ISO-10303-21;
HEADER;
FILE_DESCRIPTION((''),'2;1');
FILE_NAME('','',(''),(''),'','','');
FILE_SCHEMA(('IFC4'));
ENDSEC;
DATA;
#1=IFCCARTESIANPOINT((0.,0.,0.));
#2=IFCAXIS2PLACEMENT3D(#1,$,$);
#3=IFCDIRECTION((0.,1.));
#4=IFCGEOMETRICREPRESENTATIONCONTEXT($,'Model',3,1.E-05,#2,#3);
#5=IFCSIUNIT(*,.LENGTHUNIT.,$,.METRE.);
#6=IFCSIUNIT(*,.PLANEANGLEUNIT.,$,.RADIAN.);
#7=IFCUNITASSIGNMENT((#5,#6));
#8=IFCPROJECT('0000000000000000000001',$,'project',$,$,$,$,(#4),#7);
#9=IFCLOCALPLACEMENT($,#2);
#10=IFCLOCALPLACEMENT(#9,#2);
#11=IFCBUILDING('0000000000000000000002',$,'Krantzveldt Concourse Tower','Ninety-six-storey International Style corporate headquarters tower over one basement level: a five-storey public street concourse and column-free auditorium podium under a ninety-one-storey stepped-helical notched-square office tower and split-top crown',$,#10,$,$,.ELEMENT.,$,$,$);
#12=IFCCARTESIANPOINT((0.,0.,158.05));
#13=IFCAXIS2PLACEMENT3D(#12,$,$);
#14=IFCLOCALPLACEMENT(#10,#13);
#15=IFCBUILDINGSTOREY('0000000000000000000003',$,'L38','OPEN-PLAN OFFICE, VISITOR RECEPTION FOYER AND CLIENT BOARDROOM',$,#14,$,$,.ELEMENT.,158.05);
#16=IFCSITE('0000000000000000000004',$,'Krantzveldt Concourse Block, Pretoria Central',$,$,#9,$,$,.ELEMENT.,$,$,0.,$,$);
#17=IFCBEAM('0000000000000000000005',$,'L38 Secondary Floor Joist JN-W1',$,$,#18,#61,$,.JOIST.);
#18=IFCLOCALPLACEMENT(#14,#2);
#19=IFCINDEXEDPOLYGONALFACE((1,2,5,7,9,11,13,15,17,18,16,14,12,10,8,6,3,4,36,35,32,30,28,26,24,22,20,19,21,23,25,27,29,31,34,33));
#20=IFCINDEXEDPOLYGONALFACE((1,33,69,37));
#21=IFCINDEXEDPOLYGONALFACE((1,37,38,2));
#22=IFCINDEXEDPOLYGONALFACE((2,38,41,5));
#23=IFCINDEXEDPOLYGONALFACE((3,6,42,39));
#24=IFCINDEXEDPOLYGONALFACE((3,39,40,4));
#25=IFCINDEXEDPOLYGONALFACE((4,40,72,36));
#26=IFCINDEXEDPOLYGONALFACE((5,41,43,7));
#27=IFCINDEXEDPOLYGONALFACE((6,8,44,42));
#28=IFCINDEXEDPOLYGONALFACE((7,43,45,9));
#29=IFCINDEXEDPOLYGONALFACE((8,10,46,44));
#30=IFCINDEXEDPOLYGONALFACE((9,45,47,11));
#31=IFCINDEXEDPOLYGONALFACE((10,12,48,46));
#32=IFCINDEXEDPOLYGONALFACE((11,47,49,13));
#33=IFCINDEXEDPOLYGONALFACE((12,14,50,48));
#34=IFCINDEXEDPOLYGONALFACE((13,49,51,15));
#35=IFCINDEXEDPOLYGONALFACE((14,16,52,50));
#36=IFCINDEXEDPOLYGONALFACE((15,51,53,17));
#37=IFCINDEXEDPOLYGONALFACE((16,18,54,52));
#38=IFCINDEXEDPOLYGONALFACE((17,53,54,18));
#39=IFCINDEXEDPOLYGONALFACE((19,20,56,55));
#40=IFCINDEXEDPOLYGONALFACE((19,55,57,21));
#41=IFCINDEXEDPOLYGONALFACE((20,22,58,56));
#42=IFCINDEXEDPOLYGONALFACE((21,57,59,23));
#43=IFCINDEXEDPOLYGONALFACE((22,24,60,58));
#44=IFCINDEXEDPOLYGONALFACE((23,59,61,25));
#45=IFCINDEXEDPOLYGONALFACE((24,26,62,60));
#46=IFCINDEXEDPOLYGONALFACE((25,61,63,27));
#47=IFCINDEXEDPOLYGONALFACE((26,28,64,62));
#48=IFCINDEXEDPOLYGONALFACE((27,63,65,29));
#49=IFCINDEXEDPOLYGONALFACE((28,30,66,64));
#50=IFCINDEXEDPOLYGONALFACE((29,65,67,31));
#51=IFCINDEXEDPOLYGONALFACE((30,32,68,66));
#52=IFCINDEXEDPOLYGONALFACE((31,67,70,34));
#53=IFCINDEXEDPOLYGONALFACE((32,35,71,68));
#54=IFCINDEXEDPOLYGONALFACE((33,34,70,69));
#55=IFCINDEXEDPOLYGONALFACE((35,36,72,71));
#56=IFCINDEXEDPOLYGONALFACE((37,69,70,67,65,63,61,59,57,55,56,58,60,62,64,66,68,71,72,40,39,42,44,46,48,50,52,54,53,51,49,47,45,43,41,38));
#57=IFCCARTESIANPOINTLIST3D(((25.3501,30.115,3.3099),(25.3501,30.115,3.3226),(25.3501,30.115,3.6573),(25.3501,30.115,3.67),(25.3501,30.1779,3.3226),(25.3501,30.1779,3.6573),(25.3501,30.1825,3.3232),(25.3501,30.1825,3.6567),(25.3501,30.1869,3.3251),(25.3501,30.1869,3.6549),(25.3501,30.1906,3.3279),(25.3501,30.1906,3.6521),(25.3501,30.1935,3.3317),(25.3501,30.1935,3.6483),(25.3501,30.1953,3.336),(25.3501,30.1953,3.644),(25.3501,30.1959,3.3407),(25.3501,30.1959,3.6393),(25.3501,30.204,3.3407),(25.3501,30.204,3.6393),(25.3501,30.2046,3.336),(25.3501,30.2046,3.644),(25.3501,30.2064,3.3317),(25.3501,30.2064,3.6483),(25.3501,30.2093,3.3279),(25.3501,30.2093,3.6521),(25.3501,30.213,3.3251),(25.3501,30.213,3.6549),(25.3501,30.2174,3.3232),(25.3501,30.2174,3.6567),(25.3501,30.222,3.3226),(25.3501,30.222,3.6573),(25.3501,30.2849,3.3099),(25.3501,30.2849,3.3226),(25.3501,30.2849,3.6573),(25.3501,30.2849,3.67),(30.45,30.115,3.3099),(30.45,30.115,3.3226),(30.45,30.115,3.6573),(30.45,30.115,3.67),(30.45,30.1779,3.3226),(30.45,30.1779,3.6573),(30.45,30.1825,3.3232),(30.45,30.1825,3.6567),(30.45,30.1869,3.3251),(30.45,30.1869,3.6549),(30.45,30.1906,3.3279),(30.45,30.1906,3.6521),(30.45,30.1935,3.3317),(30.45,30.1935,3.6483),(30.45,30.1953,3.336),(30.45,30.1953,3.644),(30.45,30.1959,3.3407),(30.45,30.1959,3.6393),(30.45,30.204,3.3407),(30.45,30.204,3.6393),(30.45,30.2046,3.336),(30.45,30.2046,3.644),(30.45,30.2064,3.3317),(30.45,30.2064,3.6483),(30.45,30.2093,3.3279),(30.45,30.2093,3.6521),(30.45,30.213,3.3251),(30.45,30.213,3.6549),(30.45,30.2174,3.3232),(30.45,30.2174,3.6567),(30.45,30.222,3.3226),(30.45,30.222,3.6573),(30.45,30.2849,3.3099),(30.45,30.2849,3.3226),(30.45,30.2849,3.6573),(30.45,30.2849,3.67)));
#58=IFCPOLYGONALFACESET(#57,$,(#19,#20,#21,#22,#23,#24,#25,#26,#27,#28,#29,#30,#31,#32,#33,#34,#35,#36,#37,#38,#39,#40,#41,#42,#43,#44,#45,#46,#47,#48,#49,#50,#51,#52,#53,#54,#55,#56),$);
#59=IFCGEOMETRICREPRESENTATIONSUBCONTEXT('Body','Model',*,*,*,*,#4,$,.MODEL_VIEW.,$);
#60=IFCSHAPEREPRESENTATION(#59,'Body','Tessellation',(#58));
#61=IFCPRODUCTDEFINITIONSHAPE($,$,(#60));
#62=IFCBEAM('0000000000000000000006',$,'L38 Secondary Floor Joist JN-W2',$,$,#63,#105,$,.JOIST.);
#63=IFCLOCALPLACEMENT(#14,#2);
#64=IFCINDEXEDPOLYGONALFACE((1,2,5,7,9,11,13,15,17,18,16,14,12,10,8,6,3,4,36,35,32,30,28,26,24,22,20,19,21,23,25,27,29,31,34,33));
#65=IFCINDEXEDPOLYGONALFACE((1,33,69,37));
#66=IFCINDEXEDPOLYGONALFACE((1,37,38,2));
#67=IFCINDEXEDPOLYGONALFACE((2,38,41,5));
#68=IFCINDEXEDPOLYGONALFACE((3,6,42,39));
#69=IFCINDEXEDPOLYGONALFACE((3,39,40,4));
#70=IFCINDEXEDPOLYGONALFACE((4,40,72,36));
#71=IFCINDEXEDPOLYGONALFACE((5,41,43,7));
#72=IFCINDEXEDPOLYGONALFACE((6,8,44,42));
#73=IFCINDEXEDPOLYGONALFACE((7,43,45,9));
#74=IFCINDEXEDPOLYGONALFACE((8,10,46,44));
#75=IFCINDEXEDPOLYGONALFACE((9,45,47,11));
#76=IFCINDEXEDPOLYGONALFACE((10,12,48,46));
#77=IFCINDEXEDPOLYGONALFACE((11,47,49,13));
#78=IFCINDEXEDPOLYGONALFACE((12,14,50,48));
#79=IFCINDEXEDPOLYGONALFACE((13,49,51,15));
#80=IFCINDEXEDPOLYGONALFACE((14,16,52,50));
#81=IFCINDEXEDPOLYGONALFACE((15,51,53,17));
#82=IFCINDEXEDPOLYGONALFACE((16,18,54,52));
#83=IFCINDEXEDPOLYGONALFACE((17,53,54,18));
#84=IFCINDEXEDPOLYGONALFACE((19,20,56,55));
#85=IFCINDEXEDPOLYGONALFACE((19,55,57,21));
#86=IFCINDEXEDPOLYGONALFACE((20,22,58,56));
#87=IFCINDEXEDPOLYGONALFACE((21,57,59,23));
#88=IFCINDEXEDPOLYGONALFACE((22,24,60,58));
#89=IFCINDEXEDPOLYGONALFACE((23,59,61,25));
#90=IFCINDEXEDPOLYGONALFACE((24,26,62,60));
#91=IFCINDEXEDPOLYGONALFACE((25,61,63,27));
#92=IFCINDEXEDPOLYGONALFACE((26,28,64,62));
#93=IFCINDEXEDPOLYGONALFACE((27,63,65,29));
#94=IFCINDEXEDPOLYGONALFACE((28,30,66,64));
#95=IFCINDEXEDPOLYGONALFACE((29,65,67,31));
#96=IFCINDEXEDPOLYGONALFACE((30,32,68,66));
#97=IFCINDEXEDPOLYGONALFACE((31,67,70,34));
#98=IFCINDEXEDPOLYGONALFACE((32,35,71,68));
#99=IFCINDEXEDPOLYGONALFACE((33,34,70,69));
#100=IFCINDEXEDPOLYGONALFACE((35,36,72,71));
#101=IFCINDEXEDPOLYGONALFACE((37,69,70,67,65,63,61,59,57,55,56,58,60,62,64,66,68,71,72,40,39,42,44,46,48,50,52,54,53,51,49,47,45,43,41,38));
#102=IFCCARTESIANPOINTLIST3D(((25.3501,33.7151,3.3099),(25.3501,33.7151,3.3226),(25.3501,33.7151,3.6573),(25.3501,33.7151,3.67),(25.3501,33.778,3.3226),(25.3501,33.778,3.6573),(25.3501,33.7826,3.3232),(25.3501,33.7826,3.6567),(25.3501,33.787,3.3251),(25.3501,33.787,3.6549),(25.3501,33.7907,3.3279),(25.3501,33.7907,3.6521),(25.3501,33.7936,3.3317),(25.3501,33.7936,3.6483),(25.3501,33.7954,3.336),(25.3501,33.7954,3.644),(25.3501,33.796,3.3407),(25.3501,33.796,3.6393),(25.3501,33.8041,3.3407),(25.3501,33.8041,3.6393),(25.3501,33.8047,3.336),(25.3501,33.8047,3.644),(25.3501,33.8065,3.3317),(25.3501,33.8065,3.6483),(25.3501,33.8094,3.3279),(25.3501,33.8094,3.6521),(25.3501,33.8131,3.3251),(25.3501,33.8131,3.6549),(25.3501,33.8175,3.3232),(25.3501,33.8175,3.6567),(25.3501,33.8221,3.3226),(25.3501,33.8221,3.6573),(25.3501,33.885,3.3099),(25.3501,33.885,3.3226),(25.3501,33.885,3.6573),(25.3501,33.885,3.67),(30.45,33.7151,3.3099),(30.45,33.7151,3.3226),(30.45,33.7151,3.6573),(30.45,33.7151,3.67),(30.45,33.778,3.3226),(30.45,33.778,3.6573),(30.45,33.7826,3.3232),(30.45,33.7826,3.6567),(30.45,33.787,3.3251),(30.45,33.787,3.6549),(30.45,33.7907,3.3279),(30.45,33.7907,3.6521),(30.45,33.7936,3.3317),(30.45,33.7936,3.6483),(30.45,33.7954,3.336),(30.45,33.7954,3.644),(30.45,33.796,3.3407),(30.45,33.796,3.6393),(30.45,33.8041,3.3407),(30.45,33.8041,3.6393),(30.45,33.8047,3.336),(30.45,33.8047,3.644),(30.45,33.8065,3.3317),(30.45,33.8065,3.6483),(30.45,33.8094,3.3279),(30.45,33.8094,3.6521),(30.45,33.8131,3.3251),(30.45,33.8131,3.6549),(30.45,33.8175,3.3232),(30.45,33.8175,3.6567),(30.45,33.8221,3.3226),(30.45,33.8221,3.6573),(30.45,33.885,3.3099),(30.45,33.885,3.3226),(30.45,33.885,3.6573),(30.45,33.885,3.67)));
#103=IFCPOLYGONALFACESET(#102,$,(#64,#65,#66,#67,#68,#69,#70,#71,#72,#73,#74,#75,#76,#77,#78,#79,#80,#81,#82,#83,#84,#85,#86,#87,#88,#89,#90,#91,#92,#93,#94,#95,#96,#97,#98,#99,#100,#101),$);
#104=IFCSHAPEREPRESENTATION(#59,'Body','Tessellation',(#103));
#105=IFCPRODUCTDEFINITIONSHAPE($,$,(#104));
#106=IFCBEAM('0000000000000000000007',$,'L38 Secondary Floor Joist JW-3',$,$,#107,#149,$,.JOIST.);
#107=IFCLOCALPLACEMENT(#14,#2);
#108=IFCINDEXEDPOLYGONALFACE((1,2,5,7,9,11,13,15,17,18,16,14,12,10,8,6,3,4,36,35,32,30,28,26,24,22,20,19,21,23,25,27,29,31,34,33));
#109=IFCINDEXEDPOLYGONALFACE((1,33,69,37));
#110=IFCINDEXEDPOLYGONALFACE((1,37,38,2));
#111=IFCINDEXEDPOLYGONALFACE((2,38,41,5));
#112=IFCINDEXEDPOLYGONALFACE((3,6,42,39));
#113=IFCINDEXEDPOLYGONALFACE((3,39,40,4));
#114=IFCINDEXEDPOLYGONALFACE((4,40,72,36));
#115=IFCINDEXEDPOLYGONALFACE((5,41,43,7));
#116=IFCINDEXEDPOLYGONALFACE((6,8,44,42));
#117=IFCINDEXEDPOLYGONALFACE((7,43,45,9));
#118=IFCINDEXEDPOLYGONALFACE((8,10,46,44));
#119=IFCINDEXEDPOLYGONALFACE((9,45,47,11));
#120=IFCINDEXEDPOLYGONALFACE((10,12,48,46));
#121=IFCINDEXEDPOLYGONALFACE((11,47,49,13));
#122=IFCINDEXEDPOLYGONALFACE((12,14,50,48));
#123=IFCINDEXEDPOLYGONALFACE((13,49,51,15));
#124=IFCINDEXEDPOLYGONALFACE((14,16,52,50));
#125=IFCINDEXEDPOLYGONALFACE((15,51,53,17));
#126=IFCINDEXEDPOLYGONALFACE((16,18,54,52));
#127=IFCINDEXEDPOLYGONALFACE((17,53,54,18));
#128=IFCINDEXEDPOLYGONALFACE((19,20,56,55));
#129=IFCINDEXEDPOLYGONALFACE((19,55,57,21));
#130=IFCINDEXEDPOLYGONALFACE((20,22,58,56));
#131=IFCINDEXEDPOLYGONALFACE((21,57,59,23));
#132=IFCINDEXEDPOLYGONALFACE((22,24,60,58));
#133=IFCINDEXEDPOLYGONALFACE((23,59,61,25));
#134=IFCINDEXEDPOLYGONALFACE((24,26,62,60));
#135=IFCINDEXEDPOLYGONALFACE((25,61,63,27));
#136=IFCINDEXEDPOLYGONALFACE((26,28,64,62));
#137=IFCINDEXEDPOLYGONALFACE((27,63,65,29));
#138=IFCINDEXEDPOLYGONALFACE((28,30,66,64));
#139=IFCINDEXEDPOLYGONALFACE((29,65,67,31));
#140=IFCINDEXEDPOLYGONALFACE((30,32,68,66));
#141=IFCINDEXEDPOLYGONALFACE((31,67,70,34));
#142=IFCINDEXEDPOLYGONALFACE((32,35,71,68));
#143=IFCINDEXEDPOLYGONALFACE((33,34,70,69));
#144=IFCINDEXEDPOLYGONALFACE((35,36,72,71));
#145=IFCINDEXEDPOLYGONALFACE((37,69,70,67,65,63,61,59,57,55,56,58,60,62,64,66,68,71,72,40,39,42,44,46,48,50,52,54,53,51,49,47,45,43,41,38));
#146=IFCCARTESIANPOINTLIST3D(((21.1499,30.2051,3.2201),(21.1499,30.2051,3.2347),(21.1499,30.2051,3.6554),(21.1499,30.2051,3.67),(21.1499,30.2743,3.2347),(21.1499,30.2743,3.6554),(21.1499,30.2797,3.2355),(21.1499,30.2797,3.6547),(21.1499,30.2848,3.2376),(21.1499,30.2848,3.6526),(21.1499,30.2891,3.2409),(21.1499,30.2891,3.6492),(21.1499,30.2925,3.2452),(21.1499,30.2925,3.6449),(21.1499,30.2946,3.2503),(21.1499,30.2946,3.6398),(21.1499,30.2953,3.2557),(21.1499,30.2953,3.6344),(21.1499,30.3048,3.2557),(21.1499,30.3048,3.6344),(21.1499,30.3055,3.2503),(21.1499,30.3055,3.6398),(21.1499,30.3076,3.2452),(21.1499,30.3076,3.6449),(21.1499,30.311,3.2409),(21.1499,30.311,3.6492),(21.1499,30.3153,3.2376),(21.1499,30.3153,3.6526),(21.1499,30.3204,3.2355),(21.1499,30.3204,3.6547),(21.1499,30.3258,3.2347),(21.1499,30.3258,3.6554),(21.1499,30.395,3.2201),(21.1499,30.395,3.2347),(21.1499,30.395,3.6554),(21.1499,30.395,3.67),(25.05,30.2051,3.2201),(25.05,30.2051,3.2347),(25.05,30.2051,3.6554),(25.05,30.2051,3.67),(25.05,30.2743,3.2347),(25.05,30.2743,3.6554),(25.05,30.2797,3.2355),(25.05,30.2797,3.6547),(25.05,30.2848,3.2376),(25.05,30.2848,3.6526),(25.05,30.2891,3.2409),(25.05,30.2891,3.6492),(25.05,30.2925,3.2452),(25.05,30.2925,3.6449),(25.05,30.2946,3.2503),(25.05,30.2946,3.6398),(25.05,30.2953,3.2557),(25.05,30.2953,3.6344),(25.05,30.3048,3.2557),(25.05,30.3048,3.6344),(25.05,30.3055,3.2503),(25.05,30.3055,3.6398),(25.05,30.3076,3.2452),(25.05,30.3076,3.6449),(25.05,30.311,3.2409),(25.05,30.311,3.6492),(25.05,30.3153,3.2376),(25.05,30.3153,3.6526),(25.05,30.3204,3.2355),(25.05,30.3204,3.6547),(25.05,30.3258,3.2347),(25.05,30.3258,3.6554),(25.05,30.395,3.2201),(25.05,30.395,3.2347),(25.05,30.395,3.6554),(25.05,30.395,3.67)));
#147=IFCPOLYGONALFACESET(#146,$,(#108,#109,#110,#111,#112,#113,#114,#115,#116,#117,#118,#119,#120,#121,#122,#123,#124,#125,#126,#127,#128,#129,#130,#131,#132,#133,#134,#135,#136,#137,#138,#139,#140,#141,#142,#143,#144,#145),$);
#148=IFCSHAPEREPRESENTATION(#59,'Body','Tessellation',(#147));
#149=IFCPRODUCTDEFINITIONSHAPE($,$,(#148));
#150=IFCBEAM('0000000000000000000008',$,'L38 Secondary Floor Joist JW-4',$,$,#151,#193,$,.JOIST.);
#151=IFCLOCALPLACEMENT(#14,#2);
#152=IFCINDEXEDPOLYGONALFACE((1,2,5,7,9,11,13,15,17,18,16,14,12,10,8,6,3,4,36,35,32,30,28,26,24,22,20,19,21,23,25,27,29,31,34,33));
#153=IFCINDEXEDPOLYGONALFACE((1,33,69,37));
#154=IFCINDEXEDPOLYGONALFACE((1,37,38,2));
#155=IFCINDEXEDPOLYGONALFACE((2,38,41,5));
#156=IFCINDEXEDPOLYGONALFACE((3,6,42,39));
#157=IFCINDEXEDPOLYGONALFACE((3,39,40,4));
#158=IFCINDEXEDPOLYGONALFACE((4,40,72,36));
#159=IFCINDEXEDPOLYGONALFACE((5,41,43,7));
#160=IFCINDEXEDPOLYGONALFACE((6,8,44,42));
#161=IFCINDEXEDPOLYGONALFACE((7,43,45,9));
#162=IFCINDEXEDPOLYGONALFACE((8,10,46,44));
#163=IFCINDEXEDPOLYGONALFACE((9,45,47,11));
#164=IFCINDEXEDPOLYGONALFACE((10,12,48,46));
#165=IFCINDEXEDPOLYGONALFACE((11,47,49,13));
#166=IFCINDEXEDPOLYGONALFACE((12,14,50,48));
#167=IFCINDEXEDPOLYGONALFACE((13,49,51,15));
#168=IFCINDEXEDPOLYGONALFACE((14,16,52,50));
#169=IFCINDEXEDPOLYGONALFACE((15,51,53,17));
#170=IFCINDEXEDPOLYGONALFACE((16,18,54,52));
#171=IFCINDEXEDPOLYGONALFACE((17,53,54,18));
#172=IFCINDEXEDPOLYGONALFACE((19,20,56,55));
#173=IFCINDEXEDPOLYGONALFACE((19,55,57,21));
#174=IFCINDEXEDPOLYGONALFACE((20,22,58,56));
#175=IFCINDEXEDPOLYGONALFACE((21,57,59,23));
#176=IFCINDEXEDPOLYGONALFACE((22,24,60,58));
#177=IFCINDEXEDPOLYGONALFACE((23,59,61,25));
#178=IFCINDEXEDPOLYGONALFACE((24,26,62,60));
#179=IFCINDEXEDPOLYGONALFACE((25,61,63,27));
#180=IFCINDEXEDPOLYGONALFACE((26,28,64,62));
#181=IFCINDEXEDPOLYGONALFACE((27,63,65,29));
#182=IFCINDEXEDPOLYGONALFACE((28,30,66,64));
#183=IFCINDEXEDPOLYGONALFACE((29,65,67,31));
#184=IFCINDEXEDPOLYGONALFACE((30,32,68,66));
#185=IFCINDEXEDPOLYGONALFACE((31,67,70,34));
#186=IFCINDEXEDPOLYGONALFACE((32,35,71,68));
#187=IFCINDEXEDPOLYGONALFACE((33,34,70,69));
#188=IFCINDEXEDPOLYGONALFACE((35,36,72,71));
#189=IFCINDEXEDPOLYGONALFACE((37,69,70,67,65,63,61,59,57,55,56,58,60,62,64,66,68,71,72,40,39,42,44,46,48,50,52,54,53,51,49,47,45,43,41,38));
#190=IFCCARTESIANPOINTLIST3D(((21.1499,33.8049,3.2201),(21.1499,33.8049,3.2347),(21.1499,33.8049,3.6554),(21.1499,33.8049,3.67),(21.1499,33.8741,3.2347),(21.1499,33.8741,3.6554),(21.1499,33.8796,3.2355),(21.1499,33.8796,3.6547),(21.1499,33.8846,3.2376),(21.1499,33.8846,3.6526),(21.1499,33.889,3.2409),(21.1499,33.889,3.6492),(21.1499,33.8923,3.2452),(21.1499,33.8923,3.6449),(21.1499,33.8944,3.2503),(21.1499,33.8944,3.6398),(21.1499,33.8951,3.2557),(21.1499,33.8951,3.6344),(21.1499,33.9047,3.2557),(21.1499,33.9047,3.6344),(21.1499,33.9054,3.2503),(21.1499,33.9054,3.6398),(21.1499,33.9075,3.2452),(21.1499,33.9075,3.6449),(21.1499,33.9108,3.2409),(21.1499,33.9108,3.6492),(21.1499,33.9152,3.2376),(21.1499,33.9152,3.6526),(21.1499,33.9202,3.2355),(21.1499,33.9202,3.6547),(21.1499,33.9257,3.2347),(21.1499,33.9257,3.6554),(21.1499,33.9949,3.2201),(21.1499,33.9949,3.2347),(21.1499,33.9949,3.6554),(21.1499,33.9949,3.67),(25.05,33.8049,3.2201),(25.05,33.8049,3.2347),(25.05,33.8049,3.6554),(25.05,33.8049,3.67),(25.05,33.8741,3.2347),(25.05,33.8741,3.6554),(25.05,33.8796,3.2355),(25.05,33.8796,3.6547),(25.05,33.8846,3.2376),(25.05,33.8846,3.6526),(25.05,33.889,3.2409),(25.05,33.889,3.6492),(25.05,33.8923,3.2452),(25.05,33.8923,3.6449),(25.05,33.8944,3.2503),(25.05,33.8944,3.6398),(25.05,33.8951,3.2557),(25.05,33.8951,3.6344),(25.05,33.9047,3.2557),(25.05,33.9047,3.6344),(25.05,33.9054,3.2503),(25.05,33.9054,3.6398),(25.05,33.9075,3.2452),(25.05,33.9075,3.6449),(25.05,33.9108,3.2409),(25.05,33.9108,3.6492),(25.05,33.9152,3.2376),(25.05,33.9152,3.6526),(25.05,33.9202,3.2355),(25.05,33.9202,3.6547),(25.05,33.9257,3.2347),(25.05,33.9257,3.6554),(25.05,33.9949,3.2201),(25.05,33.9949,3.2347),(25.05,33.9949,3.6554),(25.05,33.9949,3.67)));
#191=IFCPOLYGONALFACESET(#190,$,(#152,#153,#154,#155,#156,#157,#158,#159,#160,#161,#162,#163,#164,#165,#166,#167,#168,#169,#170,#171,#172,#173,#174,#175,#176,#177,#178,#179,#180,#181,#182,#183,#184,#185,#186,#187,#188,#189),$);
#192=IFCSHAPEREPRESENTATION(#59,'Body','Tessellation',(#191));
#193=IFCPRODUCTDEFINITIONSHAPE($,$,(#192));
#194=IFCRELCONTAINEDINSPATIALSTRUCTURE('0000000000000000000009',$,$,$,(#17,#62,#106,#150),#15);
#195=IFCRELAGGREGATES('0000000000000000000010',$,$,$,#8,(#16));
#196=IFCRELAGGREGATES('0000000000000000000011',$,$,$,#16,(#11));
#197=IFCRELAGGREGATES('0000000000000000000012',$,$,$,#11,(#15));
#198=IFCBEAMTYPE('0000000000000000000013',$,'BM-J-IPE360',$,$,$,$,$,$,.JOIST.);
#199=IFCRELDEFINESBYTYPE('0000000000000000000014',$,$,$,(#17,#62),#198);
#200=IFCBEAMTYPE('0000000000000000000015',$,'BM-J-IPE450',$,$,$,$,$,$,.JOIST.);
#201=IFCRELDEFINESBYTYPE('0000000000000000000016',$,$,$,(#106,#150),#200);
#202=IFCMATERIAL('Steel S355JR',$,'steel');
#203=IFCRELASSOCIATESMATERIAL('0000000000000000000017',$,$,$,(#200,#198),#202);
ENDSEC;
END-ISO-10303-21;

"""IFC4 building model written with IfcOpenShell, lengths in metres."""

from ifc_helpers import new_model, si_unit, direction, frame, origin, origin_2d, place, context, subcontext, project, spatial, i_section, extrude, source, transform, mapped, material, material_profile, profile_set, type_object, type_shapes, element, save


model = new_model("IFC4")

# Units and contexts
model_context = context("Model", 3, precision=1e-05, world=origin(), true_north=direction((0.0, 1.0)))
body_context = subcontext(model_context, "Body", "Model", "MODEL_VIEW")
ifc_project = project(units=[si_unit("LENGTHUNIT", "METRE"), si_unit("PLANEANGLEUNIT", "RADIAN")], contexts=[model_context])

# Site, building, storey
site_placement = place(None, origin())
site = spatial("IfcSite", under=ifc_project, at=site_placement, Name="Krantzveldt Concourse Block, Pretoria Central", CompositionType="ELEMENT", RefElevation=0.0)
building_placement = place(site_placement, origin())
building = spatial("IfcBuilding", under=site, at=building_placement, Name="Krantzveldt Concourse Tower", Description="Ninety-six-storey International Style corporate headquarters tower over one basement level: a five-storey public street concourse and column-free auditorium podium under a ninety-one-storey stepped-helical notched-square office tower and split-top crown", CompositionType="ELEMENT")
storey_placement = place(building_placement, frame((0.0, 0.0, 158.05)))
storey = spatial("IfcBuildingStorey", under=building, at=storey_placement, Name="L38", Description="OPEN-PLAN OFFICE, VISITOR RECEPTION FOYER AND CLIENT BOARDROOM", CompositionType="ELEMENT", Elevation=158.05)

# Beams
ifc_material_1 = material(Name="Steel S355JR", Category="steel")
ifc_material_profile_1 = material_profile(ifc_material_1, i_section(OverallWidth=0.1899, OverallDepth=0.45, WebThickness=0.0095, FlangeThickness=0.0146, FilletRadius=0.021, at=origin_2d()), Name="Steel S355JR", Category="steel")
ifc_profile_set_1 = profile_set([ifc_material_profile_1], Name="Steel S355JR - IPE 450")
beam_type_1 = type_object("IfcBeamType", Name="BM-J-IPE450", PredefinedType="JOIST", material=ifc_profile_set_1)
ifc_material_profile_2 = material_profile(ifc_material_1, i_section(OverallWidth=0.1699, OverallDepth=0.3601, WebThickness=0.0081, FlangeThickness=0.0127, FilletRadius=0.0181, at=origin_2d()), Name="Steel S355JR", Category="steel")
ifc_profile_set_2 = profile_set([ifc_material_profile_2], Name="Steel S355JR - IPE 360")
beam_type_2 = type_object("IfcBeamType", Name="BM-J-IPE360", PredefinedType="JOIST", material=ifc_profile_set_2)
shared_shape_1 = source(origin(), body_context, "Body", "SweptSolid", [
    extrude(i_section(OverallWidth=0.1699, OverallDepth=0.3601, WebThickness=0.0081, FlangeThickness=0.0127, FilletRadius=0.0181, at=origin_2d()), origin(), (0.0, 0.0, 1.0), 5.0999),
])
type_shapes(beam_type_2, [shared_shape_1])
for number, where, z_axis, x_axis, name in (
    (1, (25.3501, 30.2, 3.49), (1.0, 0.0, 0.0), (0.0, 1.0, 0.0), "L38 Secondary Floor Joist JN-W1"),
    (2, (25.3501, 33.8, 3.49), (1.0, 0.0, 0.0), (0.0, 1.0, 0.0), "L38 Secondary Floor Joist JN-W2"),
):
    element("IfcBeam", number, at=place(storey_placement, frame(where, z_axis=z_axis, x_axis=x_axis)), inside=storey, type_object=beam_type_2, Name=name, PredefinedType="JOIST", context=body_context, shape_type="MappedRepresentation", body=[
        mapped(shared_shape_1, transform((0.0, 0.0, 0.0), x_axis=(1.0, 0.0, 0.0), y_axis=(0.0, 1.0, 0.0), z_axis=(0.0, 0.0, 1.0), scale=1.0)),
    ])
shared_shape_2 = source(origin(), body_context, "Body", "SweptSolid", [
    extrude(i_section(OverallWidth=0.1899, OverallDepth=0.45, WebThickness=0.0095, FlangeThickness=0.0146, FilletRadius=0.021, at=origin_2d()), origin(), (0.0, 0.0, 1.0), 3.9001),
])
for number, where, z_axis, x_axis, name in (
    (3, (21.1499, 30.3, 3.4451), (1.0, 0.0, 0.0), (0.0, 1.0, 0.0), "L38 Secondary Floor Joist JW-3"),
    (4, (21.1499, 33.8999, 3.4451), (1.0, 0.0, 0.0), (0.0, 1.0, 0.0), "L38 Secondary Floor Joist JW-4"),
):
    element("IfcBeam", number, at=place(storey_placement, frame(where, z_axis=z_axis, x_axis=x_axis)), inside=storey, type_object=beam_type_1, Name=name, PredefinedType="JOIST", context=body_context, shape_type="MappedRepresentation", body=[
        mapped(shared_shape_2, transform((0.0, 0.0, 0.0), x_axis=(1.0, 0.0, 0.0), y_axis=(0.0, 1.0, 0.0), z_axis=(0.0, 0.0, 1.0), scale=1.0)),
    ])

save(model, "model.ifc")
